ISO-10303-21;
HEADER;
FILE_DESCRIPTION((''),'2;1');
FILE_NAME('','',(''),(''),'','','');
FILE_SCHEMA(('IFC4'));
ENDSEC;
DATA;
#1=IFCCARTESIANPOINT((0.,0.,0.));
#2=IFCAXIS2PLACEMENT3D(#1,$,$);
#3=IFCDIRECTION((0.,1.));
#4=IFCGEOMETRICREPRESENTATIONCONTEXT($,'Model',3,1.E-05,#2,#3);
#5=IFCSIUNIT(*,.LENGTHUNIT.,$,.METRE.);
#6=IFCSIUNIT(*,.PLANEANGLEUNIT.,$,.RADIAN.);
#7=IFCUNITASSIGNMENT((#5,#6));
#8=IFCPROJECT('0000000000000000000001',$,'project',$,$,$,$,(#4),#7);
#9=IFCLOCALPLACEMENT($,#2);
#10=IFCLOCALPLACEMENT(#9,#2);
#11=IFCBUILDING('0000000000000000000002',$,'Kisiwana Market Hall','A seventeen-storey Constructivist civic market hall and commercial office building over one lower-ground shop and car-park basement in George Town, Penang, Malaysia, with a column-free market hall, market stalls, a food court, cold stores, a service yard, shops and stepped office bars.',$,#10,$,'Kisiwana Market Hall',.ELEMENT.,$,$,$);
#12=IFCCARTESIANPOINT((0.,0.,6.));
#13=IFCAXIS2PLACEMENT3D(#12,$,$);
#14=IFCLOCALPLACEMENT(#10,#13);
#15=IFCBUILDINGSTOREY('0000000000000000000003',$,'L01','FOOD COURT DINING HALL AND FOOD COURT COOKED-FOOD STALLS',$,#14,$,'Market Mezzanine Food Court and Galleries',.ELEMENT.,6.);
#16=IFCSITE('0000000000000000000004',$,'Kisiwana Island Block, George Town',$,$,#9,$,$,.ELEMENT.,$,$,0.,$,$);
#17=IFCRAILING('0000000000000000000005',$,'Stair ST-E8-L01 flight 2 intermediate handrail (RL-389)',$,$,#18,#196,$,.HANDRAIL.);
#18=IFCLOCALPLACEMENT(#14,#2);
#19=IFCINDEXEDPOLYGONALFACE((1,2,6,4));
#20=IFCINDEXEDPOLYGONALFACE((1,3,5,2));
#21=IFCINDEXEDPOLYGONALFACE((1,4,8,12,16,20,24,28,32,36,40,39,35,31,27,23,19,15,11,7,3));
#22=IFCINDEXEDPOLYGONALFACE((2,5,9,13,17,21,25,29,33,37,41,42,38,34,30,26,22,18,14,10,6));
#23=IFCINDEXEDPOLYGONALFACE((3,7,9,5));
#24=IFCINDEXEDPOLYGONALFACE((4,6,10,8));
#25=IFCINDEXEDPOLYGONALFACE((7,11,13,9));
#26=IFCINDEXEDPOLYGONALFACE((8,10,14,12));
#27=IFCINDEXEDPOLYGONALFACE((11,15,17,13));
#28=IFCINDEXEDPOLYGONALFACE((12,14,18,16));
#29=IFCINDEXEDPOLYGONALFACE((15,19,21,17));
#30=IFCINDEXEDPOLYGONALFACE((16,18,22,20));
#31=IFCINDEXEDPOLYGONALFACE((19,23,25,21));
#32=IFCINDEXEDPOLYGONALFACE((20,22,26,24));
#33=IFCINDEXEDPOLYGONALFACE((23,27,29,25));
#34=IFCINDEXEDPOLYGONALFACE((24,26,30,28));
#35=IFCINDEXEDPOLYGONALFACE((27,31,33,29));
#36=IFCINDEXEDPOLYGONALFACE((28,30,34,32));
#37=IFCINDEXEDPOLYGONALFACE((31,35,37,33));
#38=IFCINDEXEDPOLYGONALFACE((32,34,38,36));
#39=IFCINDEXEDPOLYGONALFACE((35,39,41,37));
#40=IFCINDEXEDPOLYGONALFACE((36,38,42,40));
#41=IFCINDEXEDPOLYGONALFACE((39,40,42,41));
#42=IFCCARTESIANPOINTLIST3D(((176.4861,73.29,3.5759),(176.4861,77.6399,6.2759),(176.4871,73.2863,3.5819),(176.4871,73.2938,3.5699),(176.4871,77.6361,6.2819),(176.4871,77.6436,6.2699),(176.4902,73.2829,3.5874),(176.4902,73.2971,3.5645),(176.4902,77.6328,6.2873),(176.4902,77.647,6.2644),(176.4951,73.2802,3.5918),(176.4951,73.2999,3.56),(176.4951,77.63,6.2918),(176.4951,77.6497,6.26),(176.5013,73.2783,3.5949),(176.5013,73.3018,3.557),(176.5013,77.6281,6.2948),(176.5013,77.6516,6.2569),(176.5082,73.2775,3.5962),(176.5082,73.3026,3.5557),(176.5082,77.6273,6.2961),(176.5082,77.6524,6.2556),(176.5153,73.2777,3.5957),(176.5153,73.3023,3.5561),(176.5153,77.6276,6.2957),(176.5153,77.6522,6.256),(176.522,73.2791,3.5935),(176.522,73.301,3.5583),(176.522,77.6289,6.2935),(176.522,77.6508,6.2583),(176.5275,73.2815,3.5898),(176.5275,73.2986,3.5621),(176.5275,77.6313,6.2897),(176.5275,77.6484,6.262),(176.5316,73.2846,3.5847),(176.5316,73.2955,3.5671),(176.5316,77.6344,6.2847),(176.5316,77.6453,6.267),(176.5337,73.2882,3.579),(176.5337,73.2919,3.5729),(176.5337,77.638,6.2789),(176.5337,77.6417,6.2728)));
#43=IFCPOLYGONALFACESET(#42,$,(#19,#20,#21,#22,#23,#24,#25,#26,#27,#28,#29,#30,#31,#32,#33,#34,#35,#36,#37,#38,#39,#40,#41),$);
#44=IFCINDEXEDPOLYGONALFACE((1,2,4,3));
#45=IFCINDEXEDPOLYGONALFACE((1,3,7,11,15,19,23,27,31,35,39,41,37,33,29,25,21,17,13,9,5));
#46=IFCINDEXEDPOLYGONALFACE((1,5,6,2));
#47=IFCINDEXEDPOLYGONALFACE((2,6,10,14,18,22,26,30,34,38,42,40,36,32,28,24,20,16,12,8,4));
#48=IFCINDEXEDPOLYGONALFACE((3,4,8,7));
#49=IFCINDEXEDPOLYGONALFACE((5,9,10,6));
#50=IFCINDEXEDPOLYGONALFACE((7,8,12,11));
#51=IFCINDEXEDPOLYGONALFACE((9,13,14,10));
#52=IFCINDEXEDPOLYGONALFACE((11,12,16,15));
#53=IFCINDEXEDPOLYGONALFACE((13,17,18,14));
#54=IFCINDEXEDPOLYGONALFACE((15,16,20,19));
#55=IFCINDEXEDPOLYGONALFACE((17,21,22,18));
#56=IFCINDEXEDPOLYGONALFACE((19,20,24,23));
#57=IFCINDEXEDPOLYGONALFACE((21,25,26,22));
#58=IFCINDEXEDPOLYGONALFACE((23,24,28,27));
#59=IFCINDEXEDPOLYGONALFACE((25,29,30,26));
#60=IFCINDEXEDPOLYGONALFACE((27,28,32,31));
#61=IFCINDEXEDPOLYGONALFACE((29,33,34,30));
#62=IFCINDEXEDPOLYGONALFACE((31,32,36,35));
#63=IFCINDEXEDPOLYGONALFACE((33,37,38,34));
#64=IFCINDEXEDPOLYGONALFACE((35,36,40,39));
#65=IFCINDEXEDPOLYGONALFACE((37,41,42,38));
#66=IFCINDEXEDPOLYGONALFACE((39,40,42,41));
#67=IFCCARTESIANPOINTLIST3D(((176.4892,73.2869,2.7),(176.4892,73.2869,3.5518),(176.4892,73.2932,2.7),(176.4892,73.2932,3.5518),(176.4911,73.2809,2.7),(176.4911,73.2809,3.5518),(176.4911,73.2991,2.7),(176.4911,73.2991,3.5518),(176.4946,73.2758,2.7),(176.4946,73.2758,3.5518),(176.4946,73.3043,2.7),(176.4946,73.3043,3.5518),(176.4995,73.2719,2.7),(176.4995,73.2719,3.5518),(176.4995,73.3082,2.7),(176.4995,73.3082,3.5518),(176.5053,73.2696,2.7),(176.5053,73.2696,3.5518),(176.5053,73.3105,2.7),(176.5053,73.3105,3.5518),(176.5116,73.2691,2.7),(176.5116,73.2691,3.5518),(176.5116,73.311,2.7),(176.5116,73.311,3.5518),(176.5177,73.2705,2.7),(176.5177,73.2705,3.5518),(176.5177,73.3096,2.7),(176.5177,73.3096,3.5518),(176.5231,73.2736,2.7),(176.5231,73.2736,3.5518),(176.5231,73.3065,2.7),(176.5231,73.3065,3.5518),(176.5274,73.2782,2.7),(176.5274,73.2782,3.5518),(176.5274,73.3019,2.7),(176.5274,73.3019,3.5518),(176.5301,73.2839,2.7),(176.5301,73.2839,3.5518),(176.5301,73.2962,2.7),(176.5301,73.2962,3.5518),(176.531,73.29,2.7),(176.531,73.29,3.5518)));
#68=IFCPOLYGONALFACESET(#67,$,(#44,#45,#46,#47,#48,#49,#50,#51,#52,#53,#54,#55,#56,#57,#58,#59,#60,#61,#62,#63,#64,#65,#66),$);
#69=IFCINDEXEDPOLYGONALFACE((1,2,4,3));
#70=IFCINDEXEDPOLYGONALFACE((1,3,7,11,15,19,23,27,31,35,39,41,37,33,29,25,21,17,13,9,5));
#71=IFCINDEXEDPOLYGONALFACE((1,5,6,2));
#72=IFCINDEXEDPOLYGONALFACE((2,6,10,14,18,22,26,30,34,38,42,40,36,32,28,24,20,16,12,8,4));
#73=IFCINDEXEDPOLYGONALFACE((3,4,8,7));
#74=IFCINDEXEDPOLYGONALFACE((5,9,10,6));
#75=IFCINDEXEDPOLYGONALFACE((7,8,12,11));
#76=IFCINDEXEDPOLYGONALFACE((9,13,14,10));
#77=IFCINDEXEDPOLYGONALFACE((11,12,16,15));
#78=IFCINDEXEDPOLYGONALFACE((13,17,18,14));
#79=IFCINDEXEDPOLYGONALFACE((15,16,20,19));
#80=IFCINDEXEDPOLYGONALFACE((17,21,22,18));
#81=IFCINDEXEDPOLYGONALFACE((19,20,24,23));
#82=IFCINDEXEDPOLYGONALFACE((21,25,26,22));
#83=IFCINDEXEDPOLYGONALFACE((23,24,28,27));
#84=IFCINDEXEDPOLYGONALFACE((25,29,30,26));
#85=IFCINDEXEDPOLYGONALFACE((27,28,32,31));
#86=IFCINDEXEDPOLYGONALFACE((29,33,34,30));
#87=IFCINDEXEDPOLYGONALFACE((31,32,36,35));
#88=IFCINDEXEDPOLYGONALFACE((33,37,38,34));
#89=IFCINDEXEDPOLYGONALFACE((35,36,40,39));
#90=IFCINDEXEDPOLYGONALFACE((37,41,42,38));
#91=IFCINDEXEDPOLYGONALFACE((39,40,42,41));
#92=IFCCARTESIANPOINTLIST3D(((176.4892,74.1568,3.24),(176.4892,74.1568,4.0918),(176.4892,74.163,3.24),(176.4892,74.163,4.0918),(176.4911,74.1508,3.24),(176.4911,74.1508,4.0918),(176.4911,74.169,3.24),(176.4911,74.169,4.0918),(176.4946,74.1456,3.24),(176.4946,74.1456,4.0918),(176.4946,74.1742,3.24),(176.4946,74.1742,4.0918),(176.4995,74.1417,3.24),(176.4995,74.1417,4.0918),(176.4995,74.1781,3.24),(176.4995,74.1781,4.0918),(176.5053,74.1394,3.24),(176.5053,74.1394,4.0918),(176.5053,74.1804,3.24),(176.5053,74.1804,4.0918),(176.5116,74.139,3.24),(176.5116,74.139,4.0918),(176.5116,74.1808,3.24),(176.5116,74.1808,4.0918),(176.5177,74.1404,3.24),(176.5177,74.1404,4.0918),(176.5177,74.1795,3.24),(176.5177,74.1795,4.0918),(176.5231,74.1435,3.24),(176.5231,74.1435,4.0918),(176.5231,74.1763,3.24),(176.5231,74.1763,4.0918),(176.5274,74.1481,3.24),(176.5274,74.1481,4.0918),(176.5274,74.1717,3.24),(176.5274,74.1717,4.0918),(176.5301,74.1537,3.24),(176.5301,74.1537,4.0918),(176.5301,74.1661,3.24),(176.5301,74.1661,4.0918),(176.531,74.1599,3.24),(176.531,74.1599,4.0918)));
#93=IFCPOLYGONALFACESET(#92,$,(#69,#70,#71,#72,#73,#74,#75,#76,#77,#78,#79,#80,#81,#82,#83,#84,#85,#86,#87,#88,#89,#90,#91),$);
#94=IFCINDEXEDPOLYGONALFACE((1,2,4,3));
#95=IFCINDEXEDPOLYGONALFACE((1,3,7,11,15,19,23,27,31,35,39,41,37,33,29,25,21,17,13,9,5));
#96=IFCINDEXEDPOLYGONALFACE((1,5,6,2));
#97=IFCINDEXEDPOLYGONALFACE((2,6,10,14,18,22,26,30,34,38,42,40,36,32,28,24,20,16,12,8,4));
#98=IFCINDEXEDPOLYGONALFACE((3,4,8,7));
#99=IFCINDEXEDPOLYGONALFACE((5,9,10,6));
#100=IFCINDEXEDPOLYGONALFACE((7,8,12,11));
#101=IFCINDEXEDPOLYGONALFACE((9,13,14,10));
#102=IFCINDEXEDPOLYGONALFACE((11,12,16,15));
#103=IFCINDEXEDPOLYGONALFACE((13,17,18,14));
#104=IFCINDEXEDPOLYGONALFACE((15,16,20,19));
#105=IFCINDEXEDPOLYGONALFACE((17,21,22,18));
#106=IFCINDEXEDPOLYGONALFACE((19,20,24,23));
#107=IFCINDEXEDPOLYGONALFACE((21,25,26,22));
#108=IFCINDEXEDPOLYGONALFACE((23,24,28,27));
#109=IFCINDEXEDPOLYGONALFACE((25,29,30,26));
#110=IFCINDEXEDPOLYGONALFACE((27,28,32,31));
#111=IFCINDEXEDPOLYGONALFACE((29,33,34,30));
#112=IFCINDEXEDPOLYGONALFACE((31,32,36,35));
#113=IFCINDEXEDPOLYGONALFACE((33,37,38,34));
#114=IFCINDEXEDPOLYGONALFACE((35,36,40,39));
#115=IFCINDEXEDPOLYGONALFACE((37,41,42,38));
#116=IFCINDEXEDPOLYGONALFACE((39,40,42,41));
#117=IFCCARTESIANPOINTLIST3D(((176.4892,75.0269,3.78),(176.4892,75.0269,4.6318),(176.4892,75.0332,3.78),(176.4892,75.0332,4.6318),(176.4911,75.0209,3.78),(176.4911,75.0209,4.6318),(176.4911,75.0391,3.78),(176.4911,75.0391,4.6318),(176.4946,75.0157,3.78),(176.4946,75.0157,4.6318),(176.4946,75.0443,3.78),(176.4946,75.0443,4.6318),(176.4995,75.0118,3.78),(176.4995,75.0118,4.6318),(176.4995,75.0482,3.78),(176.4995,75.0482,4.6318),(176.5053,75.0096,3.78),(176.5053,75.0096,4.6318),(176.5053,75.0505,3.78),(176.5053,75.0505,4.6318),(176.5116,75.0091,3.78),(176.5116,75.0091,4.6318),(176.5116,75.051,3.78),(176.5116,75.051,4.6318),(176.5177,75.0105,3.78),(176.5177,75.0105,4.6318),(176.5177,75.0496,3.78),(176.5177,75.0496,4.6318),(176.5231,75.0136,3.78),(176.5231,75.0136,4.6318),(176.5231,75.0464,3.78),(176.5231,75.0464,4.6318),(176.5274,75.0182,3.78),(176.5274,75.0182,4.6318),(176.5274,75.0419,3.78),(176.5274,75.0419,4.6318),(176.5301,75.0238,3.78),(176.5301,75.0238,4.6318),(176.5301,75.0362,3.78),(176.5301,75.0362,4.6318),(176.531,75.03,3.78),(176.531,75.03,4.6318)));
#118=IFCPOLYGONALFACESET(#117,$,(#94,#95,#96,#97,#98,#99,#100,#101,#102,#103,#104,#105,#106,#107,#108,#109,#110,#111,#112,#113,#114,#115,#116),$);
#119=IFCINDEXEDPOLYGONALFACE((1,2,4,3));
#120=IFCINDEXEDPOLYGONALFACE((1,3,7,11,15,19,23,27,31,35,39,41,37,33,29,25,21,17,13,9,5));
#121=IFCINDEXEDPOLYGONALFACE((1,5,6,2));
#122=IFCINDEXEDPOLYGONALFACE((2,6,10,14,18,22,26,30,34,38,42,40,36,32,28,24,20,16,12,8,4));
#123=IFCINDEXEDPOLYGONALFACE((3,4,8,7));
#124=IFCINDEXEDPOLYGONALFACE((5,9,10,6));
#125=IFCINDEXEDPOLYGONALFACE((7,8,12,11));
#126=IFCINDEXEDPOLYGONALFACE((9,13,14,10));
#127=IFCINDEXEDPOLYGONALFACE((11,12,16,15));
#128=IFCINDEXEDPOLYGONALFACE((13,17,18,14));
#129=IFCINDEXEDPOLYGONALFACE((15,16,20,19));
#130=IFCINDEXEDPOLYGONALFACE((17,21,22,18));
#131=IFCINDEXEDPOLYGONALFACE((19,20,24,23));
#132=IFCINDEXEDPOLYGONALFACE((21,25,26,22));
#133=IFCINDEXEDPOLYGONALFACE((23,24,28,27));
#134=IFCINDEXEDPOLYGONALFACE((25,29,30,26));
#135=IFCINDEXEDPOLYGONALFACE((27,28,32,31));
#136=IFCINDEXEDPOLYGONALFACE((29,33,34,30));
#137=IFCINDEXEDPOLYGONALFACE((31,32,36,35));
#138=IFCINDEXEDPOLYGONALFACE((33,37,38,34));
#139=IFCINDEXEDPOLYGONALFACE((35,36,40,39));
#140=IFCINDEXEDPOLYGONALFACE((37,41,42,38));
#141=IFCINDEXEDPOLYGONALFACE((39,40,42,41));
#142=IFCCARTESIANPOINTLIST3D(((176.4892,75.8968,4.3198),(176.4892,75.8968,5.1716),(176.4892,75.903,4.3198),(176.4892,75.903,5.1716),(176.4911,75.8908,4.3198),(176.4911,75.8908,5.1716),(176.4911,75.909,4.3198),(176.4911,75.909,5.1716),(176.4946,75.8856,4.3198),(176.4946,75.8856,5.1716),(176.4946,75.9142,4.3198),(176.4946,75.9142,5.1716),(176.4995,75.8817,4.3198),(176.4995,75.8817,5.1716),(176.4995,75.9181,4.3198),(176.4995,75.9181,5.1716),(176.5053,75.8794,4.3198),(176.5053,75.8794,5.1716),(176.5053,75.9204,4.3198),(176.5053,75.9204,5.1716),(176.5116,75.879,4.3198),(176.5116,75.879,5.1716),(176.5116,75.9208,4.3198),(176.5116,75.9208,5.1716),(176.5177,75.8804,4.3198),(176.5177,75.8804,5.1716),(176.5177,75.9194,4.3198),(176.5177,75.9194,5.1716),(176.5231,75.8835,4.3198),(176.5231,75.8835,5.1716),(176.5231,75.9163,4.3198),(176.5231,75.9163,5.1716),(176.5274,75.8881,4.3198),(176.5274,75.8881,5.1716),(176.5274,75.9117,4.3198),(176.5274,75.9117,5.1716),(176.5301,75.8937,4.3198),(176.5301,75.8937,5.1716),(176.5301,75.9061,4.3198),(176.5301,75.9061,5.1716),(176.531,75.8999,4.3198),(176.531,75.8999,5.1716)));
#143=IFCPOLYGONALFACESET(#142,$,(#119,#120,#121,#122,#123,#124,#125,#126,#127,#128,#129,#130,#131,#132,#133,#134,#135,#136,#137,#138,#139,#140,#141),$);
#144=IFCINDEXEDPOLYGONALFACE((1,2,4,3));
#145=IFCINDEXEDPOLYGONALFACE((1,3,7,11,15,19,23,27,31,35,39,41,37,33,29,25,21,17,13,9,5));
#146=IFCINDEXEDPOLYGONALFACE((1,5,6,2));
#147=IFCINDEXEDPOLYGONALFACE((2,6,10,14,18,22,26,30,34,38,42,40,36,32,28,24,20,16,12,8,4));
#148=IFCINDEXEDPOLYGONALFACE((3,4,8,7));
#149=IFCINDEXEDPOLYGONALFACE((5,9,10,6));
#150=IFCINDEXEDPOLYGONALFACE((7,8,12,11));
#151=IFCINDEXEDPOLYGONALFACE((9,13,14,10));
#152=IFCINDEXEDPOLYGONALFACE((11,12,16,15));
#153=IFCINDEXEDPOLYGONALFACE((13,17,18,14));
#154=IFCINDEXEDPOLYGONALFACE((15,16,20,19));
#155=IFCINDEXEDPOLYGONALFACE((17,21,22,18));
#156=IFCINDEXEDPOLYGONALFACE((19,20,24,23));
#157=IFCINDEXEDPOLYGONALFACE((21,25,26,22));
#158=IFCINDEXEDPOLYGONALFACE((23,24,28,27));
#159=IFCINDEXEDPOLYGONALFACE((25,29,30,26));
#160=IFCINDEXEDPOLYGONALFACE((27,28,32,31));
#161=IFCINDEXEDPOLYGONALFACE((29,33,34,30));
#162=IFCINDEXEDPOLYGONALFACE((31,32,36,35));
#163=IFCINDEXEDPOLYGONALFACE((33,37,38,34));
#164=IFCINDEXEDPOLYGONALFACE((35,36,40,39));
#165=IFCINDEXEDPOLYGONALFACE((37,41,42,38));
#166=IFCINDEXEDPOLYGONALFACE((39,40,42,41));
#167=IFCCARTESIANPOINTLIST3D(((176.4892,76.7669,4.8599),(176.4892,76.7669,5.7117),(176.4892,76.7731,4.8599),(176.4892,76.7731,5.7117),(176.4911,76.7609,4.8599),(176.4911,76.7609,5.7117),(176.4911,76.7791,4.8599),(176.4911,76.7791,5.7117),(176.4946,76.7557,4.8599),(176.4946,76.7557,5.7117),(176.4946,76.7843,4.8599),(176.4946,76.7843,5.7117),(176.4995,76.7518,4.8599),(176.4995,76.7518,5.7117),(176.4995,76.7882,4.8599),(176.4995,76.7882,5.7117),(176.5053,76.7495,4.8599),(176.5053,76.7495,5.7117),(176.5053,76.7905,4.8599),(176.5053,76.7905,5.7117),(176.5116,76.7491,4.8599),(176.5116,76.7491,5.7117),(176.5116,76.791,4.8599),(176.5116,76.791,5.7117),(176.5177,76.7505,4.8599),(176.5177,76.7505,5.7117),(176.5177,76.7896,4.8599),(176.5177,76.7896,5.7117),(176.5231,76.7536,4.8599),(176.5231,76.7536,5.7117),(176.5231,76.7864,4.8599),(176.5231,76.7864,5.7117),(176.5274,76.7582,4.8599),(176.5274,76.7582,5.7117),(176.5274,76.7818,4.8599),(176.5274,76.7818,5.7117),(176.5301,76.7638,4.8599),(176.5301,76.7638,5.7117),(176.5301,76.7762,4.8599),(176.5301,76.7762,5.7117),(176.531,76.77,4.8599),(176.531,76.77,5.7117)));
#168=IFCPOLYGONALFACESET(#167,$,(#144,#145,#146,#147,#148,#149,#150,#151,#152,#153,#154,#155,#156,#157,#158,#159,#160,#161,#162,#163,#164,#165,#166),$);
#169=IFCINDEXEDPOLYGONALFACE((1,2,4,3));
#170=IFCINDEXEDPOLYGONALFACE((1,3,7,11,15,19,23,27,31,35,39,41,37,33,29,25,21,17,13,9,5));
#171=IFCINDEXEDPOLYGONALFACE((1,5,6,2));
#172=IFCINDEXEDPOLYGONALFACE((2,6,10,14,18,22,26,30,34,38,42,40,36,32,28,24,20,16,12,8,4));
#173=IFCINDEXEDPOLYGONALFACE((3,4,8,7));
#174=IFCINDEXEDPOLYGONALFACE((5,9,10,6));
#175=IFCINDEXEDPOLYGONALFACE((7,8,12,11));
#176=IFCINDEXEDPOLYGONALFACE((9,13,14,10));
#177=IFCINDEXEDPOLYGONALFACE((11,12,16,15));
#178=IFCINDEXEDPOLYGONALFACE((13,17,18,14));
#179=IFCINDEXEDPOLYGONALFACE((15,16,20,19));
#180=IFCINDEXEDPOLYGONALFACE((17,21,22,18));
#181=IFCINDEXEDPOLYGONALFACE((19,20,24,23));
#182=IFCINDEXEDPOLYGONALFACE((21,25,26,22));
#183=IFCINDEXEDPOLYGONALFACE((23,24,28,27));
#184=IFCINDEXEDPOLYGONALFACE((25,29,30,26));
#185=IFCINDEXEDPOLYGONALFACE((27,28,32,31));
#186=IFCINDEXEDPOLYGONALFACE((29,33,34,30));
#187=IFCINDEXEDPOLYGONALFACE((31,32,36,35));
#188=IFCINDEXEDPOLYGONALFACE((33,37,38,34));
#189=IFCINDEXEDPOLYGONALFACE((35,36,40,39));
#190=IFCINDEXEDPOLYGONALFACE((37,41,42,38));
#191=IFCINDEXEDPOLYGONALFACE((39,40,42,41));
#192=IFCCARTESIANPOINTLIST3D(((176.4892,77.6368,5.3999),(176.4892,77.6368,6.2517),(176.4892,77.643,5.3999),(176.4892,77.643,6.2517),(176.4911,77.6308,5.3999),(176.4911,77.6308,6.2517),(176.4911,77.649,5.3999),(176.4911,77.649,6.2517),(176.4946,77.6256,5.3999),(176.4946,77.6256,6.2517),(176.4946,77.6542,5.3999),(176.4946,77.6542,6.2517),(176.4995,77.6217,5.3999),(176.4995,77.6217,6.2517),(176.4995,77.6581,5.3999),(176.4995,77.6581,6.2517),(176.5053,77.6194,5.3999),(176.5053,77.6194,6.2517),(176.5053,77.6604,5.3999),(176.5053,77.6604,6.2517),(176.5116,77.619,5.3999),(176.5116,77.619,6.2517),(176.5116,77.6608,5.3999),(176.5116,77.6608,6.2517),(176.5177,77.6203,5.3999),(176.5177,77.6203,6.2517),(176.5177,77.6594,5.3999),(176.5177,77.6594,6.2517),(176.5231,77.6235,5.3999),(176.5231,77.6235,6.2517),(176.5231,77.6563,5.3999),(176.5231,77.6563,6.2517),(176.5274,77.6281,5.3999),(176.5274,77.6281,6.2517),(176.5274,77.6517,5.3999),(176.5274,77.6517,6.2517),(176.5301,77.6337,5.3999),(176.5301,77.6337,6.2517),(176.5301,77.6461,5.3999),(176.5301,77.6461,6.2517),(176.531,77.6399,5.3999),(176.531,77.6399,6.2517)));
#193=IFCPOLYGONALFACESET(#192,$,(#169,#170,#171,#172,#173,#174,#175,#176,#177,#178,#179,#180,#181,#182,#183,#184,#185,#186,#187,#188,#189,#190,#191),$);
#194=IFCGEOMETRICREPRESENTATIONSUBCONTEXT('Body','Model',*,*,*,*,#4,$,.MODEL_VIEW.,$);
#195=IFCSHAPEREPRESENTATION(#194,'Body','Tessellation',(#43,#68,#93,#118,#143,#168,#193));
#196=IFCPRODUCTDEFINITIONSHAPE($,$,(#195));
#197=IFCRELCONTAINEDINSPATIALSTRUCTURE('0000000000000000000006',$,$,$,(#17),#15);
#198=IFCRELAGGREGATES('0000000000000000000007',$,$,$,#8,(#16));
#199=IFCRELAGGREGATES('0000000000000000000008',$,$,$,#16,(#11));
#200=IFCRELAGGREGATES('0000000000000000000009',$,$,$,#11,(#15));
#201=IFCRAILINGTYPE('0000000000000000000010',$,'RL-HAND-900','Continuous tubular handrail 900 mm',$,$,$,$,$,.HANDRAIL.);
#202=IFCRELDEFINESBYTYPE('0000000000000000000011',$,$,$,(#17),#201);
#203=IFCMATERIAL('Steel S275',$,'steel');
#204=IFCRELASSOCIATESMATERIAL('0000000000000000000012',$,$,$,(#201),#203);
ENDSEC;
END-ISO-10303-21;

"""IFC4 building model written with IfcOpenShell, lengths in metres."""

from ifc_helpers import new_model, si_unit, direction, frame, origin, origin_2d, place, context, subcontext, project, spatial, circle, extrude, material, type_object, element, save


model = new_model("IFC4")

# Units and contexts
model_context = context("Model", 3, precision=1e-05, world=origin(), true_north=direction((0.0, 1.0)))
body_context = subcontext(model_context, "Body", "Model", "MODEL_VIEW")
ifc_project = project(units=[si_unit("LENGTHUNIT", "METRE"), si_unit("PLANEANGLEUNIT", "RADIAN")], contexts=[model_context])

# Site, building, storey
site_placement = place(None, origin())
site = spatial("IfcSite", under=ifc_project, at=site_placement, Name="Kisiwana Island Block, George Town", CompositionType="ELEMENT", RefElevation=0.0)
building_placement = place(site_placement, origin())
building = spatial("IfcBuilding", under=site, at=building_placement, Name="Kisiwana Market Hall", Description="A seventeen-storey Constructivist civic market hall and commercial office building over one lower-ground shop and car-park basement in George Town, Penang, Malaysia, with a column-free market hall, market stalls, a food court, cold stores, a service yard, shops and stepped office bars.", LongName="Kisiwana Market Hall", CompositionType="ELEMENT")
storey_placement = place(building_placement, frame((0.0, 0.0, 6.0)))
storey = spatial("IfcBuildingStorey", under=building, at=storey_placement, Name="L01", Description="FOOD COURT DINING HALL AND FOOD COURT COOKED-FOOD STALLS", LongName="Market Mezzanine Food Court and Galleries", CompositionType="ELEMENT", Elevation=6.0)

# Railing
ifc_material_1 = material(Name="Steel S275", Category="steel")
railing_type_1 = type_object("IfcRailingType", Name="RL-HAND-900", Description="Continuous tubular handrail 900 mm", PredefinedType="HANDRAIL", material=ifc_material_1)
railing_1_placement = place(storey_placement, frame((176.51, 73.29, 2.7)))
element("IfcRailing", 1, at=railing_1_placement, inside=storey, type_object=railing_type_1, Name="Stair ST-E8-L01 flight 2 intermediate handrail (RL-389)", PredefinedType="HANDRAIL", context=body_context, shape_type="SweptSolid", body=[
    extrude(circle(Radius=0.0239, at=origin_2d()), frame((0.0, 0.0, 0.876), z_axis=(0.0, 0.849636, 0.527369), x_axis=(-1.0, 0.0, 0.0)), (0.0, 0.0, 1.0), 5.1196),
    extrude(circle(Radius=0.021, at=origin_2d()), origin(), (0.0, 0.0, 1.0), 0.8518),
    extrude(circle(Radius=0.021, at=origin_2d()), frame((0.0, 0.8699, 0.54)), (0.0, 0.0, 1.0), 0.8518),
    extrude(circle(Radius=0.021, at=origin_2d()), frame((0.0, 1.74, 1.0801)), (0.0, 0.0, 1.0), 0.8518),
    extrude(circle(Radius=0.021, at=origin_2d()), frame((0.0, 2.6099, 1.6199)), (0.0, 0.0, 1.0), 0.8518),
    extrude(circle(Radius=0.021, at=origin_2d()), frame((0.0, 3.48, 2.1599)), (0.0, 0.0, 1.0), 0.8518),
    extrude(circle(Radius=0.021, at=origin_2d()), frame((0.0, 4.3499, 2.7)), (0.0, 0.0, 1.0), 0.8518),
])

save(model, "model.ifc")
